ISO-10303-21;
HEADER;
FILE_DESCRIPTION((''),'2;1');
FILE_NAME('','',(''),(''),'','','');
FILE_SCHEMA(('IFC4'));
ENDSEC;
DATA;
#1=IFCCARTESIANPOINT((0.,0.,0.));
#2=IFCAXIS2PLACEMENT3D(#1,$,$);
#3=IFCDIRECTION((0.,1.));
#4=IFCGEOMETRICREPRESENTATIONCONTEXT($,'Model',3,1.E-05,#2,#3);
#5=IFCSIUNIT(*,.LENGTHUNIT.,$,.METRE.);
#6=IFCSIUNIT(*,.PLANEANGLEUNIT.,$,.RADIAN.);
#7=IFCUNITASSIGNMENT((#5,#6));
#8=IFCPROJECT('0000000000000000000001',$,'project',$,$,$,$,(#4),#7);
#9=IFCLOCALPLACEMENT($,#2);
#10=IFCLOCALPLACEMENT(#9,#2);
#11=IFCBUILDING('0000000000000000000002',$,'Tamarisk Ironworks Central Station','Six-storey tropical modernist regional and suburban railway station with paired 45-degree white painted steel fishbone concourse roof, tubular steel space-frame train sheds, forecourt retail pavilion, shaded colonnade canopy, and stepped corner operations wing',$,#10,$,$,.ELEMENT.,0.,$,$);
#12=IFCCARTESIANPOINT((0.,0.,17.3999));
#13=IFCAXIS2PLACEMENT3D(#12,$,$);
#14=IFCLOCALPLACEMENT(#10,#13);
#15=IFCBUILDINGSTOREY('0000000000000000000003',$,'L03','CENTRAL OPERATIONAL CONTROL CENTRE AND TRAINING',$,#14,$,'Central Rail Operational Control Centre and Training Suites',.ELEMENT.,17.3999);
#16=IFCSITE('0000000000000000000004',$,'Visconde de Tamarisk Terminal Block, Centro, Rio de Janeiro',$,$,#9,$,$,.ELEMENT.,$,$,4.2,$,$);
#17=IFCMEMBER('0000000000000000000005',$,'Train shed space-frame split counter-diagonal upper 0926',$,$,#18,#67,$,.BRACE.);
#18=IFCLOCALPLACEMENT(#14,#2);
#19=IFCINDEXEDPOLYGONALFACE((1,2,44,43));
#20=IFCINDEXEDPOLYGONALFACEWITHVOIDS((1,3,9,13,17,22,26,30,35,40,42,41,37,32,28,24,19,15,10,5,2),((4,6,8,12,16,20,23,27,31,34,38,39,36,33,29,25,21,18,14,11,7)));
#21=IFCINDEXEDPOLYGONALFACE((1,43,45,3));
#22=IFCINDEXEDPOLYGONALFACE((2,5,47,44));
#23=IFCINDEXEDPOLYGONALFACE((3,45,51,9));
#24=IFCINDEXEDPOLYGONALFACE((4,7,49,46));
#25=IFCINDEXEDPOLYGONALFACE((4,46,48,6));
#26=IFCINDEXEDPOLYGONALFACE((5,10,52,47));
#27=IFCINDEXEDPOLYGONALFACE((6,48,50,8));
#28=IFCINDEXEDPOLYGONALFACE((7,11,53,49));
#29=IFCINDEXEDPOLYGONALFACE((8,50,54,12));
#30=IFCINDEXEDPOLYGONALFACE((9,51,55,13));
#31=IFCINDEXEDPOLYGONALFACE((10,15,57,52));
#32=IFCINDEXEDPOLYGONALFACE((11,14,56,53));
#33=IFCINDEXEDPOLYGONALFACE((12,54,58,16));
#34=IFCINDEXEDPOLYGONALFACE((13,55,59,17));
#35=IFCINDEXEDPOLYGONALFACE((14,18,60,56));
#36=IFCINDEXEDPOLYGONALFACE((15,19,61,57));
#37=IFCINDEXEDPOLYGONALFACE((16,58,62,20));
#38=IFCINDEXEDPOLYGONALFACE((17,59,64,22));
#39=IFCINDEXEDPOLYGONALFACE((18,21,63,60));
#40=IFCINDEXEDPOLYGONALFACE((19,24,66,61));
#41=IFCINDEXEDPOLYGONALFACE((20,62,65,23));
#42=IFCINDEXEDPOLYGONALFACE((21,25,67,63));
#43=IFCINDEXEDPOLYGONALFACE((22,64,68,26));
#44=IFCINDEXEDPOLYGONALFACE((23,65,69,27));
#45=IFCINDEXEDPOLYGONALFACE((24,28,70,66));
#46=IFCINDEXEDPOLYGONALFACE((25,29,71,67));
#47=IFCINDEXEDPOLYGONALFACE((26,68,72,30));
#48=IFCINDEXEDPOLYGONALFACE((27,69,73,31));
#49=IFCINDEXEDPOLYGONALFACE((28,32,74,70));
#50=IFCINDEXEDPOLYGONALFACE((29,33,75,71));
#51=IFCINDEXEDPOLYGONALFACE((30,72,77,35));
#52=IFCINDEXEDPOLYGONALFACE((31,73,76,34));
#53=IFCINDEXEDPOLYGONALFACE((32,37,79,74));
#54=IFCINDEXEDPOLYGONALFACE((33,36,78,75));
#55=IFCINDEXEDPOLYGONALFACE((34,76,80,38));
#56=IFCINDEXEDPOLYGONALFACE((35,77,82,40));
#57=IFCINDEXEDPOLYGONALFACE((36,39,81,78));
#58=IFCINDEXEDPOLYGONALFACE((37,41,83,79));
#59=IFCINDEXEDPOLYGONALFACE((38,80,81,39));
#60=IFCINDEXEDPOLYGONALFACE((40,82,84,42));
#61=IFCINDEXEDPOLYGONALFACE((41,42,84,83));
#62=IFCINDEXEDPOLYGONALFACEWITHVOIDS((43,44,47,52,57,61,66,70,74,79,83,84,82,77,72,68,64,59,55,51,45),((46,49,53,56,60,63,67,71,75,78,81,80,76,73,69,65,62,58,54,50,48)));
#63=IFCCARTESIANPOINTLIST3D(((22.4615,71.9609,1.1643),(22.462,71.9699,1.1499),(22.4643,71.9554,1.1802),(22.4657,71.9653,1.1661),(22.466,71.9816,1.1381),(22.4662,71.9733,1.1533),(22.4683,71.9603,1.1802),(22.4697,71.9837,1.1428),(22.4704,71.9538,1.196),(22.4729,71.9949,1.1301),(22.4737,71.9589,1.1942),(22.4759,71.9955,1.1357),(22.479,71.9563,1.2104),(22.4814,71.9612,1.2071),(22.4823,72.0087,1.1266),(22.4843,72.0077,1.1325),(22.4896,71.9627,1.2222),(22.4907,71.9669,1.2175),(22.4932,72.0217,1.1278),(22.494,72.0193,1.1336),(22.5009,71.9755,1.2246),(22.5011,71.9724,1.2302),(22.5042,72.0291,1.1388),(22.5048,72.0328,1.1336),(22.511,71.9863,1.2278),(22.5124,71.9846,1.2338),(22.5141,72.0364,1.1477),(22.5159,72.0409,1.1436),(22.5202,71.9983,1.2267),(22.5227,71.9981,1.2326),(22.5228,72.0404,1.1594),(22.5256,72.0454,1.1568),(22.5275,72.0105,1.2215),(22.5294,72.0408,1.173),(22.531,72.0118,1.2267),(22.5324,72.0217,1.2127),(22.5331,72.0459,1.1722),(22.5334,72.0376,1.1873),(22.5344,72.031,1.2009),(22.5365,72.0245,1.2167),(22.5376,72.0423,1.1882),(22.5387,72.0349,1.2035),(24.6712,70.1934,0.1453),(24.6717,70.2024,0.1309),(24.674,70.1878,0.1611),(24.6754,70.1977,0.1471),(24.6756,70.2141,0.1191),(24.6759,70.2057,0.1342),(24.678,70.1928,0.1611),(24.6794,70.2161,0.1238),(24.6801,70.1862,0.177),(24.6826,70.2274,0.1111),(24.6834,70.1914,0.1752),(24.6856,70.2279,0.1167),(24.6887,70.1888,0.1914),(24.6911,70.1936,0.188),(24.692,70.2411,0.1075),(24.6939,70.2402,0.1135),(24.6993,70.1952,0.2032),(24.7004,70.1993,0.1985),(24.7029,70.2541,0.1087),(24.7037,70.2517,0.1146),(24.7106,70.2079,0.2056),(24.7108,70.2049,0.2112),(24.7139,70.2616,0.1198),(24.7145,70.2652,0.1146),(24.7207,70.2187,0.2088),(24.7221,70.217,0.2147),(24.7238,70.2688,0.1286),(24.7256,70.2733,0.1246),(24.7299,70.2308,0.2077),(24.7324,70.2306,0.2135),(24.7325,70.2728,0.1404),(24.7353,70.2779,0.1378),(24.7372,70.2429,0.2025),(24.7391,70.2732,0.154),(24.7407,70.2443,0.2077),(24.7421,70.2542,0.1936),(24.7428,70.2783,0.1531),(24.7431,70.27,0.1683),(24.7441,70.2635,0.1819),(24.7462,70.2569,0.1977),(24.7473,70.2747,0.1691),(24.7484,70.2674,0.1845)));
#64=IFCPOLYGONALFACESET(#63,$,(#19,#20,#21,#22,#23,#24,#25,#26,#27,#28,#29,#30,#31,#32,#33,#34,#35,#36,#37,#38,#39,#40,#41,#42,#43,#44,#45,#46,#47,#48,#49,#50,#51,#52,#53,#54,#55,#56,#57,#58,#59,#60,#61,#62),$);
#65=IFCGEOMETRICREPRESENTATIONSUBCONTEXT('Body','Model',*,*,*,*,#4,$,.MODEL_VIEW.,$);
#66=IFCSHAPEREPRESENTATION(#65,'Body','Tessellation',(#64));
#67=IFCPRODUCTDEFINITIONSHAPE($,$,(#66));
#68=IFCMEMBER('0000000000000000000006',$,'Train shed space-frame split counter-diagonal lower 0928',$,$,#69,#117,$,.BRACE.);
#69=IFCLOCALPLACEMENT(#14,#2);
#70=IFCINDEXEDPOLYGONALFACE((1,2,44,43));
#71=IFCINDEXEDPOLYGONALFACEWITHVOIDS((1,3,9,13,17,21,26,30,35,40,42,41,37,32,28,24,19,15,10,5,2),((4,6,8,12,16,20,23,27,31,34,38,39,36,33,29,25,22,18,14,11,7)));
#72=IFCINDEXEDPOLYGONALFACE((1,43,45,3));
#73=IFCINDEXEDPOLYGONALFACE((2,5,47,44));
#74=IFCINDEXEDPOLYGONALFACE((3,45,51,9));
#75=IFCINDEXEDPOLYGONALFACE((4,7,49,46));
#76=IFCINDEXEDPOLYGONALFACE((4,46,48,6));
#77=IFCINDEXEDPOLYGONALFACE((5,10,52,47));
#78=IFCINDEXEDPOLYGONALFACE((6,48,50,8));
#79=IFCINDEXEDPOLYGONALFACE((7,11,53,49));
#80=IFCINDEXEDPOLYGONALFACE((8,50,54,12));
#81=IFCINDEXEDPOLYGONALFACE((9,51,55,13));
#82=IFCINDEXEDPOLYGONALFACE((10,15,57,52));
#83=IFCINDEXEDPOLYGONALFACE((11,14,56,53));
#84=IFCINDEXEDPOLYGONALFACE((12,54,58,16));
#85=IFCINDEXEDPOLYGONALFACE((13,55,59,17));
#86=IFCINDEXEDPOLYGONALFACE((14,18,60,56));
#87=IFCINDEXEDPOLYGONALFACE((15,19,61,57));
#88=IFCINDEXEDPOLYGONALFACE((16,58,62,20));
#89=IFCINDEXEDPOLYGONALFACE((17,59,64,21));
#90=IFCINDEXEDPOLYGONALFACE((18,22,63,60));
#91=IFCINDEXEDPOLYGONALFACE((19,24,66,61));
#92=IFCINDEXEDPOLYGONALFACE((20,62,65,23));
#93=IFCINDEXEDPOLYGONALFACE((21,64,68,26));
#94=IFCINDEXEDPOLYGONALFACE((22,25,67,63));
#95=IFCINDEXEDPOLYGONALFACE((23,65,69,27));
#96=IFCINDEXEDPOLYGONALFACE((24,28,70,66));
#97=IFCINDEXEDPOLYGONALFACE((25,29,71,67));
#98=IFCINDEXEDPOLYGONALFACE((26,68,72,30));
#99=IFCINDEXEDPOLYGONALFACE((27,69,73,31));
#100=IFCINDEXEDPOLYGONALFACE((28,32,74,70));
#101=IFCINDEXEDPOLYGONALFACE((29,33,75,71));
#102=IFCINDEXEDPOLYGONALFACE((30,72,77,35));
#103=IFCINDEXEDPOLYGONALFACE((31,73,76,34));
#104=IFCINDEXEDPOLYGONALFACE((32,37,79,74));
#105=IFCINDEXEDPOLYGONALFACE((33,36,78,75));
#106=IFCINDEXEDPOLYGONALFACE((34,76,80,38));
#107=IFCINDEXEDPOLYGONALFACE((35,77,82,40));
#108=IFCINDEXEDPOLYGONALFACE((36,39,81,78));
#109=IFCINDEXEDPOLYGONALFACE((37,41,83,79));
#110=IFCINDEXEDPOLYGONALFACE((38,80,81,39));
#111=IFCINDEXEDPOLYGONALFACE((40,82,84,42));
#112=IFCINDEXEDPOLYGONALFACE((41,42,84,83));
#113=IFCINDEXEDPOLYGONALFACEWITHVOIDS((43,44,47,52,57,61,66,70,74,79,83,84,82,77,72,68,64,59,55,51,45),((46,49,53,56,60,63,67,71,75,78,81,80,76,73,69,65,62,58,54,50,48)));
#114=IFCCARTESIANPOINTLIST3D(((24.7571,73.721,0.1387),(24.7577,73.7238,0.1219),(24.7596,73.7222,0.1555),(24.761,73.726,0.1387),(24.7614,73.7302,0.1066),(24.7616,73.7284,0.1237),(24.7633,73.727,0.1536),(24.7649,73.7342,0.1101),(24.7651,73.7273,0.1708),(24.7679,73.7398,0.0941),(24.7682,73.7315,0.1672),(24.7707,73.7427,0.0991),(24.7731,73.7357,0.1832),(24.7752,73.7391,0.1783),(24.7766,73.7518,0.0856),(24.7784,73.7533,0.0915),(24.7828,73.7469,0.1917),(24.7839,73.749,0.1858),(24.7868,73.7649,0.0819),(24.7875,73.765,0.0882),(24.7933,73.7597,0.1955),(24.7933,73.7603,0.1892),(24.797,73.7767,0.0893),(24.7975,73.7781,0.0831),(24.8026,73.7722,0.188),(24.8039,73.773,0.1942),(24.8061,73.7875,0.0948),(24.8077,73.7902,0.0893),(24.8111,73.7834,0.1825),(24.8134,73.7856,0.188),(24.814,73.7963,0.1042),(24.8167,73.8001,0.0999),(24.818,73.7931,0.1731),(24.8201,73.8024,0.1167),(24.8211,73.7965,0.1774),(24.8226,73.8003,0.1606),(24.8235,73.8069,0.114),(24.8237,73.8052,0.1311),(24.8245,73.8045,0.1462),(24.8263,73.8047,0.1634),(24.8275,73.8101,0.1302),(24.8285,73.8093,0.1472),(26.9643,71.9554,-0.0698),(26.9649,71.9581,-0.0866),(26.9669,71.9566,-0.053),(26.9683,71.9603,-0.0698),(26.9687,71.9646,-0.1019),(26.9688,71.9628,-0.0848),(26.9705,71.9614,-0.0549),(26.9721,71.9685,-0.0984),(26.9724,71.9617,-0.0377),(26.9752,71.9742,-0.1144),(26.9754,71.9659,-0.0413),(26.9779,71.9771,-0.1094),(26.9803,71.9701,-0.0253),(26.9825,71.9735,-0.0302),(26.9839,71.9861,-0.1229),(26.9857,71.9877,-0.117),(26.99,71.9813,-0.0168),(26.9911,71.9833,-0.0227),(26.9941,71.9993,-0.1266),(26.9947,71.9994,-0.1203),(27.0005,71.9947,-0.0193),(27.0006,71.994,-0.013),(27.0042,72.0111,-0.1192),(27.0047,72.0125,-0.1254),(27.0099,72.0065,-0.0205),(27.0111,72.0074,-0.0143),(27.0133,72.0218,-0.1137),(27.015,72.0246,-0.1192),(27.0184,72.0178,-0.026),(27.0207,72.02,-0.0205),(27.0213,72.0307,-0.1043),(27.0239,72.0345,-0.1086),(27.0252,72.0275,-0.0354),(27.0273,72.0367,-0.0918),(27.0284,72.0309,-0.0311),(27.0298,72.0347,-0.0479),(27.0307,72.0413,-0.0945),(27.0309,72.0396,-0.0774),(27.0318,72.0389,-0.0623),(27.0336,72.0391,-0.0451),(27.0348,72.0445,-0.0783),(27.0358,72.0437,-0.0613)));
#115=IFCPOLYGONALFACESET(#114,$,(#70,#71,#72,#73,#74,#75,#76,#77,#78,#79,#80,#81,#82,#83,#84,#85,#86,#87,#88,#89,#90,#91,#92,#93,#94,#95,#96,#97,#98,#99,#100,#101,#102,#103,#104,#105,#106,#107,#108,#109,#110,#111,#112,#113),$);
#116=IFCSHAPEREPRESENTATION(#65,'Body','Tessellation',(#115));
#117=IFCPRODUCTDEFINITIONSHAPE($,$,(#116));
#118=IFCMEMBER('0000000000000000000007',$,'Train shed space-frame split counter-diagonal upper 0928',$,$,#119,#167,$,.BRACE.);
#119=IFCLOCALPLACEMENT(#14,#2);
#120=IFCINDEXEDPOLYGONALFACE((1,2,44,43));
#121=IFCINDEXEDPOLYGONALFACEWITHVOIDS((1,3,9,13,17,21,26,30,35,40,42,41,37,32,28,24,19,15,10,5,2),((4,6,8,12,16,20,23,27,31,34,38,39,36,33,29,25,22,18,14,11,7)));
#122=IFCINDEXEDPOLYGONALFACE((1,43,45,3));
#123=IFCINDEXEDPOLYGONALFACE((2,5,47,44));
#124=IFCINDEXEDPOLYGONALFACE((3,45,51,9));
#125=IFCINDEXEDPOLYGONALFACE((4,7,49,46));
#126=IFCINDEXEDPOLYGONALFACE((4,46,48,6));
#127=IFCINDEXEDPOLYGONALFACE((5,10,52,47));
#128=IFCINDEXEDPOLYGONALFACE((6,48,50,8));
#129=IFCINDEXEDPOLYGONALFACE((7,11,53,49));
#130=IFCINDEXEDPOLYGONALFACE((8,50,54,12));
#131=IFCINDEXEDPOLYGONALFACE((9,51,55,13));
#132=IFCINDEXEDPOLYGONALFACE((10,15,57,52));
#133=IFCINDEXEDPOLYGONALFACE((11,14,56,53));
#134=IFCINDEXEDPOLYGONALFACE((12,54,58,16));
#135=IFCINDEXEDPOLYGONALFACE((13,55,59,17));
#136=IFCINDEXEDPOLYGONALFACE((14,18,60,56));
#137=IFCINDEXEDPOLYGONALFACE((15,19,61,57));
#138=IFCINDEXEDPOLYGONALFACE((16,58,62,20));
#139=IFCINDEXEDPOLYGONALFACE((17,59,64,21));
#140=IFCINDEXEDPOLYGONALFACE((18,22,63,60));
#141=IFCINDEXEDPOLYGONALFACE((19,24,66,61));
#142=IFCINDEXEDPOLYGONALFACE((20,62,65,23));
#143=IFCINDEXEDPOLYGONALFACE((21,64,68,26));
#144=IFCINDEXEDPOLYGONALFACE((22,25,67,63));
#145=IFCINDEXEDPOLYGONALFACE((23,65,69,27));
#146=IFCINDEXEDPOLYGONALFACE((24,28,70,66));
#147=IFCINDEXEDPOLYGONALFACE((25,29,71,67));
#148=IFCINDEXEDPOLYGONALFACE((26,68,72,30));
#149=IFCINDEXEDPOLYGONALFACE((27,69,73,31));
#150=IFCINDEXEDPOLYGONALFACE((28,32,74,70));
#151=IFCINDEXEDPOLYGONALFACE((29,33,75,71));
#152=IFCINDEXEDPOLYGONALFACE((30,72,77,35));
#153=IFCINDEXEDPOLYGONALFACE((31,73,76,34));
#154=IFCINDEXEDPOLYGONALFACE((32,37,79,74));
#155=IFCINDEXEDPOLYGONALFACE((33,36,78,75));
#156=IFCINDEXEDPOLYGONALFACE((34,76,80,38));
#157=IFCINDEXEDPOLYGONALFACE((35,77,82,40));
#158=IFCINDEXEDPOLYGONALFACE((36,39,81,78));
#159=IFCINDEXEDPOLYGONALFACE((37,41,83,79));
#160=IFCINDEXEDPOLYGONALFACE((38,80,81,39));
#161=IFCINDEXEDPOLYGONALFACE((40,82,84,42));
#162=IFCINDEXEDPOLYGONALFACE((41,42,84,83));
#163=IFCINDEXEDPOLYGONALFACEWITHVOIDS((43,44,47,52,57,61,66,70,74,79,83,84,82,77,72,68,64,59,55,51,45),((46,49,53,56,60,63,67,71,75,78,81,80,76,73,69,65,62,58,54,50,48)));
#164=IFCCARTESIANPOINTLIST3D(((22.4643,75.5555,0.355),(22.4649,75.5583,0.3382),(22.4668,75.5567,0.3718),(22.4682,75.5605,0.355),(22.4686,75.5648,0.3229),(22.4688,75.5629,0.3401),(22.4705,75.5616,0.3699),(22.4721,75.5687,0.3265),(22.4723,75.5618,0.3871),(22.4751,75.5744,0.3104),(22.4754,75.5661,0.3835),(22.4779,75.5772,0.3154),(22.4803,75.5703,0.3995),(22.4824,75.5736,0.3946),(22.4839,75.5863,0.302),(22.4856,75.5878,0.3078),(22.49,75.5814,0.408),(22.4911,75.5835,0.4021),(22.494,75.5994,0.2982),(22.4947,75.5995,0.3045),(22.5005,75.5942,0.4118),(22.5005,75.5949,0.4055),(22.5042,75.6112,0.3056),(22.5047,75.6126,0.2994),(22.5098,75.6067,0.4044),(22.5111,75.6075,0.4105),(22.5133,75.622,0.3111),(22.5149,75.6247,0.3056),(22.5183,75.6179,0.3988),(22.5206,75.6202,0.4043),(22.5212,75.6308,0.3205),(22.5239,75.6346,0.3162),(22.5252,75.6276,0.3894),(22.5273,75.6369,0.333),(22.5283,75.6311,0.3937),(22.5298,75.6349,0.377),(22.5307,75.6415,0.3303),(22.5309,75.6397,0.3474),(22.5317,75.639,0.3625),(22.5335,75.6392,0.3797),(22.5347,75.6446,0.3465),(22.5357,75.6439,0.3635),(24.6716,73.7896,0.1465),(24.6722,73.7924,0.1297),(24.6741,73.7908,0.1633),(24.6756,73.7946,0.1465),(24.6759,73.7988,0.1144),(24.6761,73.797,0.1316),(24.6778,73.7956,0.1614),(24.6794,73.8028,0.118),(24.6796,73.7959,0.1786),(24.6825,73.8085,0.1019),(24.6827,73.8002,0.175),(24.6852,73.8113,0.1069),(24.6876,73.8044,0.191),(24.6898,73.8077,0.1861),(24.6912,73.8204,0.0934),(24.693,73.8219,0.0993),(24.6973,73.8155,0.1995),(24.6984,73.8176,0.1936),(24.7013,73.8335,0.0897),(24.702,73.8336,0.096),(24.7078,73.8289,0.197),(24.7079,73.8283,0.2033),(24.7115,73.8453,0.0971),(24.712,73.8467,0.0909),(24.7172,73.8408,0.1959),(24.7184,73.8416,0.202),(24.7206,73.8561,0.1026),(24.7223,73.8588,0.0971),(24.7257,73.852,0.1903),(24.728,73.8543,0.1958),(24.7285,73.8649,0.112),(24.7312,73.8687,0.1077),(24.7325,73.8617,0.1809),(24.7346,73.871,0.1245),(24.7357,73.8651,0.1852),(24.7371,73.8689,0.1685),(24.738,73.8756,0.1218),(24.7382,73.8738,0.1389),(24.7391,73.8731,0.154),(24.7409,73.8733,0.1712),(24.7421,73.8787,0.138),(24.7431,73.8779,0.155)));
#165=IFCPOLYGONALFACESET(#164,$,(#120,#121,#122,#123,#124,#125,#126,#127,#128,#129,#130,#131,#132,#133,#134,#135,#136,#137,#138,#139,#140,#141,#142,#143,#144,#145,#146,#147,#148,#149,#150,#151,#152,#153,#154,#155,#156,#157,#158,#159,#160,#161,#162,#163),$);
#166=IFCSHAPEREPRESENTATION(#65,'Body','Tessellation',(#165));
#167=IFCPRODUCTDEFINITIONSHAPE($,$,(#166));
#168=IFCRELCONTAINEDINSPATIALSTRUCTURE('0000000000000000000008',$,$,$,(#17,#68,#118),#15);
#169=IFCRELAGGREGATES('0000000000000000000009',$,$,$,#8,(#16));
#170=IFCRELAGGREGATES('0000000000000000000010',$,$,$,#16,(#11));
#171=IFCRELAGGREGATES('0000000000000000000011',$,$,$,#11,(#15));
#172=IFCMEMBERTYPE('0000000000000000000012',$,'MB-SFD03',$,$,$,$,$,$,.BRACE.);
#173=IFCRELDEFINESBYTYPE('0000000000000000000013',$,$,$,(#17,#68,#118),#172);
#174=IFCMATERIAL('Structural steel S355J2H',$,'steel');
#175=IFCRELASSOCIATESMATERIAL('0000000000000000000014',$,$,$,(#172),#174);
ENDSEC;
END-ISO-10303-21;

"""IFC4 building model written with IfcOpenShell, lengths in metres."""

from ifc_helpers import new_model, si_unit, direction, frame, origin, origin_2d, place, context, subcontext, project, spatial, hollow_circle, extrude, material, material_profile, profile_set, type_object, element, save


model = new_model("IFC4")

# Units and contexts
model_context = context("Model", 3, precision=1e-05, world=origin(), true_north=direction((0.0, 1.0)))
body_context = subcontext(model_context, "Body", "Model", "MODEL_VIEW")
ifc_project = project(units=[si_unit("LENGTHUNIT", "METRE"), si_unit("PLANEANGLEUNIT", "RADIAN")], contexts=[model_context])

# Site, building, storey
site_placement = place(None, origin())
site = spatial("IfcSite", under=ifc_project, at=site_placement, Name="Visconde de Tamarisk Terminal Block, Centro, Rio de Janeiro", CompositionType="ELEMENT", RefElevation=4.2)
building_placement = place(site_placement, origin())
building = spatial("IfcBuilding", under=site, at=building_placement, Name="Tamarisk Ironworks Central Station", Description="Six-storey tropical modernist regional and suburban railway station with paired 45-degree white painted steel fishbone concourse roof, tubular steel space-frame train sheds, forecourt retail pavilion, shaded colonnade canopy, and stepped corner operations wing", CompositionType="ELEMENT", ElevationOfRefHeight=0.0)
storey_placement = place(building_placement, frame((0.0, 0.0, 17.3999)))
storey = spatial("IfcBuildingStorey", under=building, at=storey_placement, Name="L03", Description="CENTRAL OPERATIONAL CONTROL CENTRE AND TRAINING", LongName="Central Rail Operational Control Centre and Training Suites", CompositionType="ELEMENT", Elevation=17.3999)

# Members
ifc_material = material(Name="Structural steel S355J2H", Category="steel")
ifc_material_profile_1 = material_profile(ifc_material, hollow_circle(Radius=0.0571, WallThickness=0.0063, at=origin_2d()), Name="CHS 114.3x6.3")
ifc_profile_set_1 = profile_set([ifc_material_profile_1], Name="Structural steel S355J2H")
member_type_1 = type_object("IfcMemberType", Name="MB-SFD03", PredefinedType="BRACE", material=ifc_profile_set_1)
member_1_placement = place(storey_placement, frame((24.7097, 70.2324, 0.1611), z_axis=(-0.734712, 0.587705, 0.338823), x_axis=(-0.624653, -0.780902, 0.0)))
element("IfcMember", 1, at=member_1_placement, inside=storey, type_object=member_type_1, Name="Train shed space-frame split counter-diagonal upper 0926", PredefinedType="BRACE", context=body_context, shape_type="SweptSolid", body=[
    extrude(hollow_circle(Radius=0.0571, WallThickness=0.0063, at=origin_2d()), origin(), (0.0, 0.0, 1.0), 3.0076),
])
member_2_placement = place(storey_placement, frame((27.0, 72.0, -0.0698), z_axis=(-0.778787, 0.62296, 0.073563), x_axis=(-0.624653, -0.780903, 0.0)))
element("IfcMember", 2, at=member_2_placement, inside=storey, type_object=member_type_1, Name="Train shed space-frame split counter-diagonal lower 0928", PredefinedType="BRACE", context=body_context, shape_type="SweptSolid", body=[
    extrude(hollow_circle(Radius=0.0571, WallThickness=0.0063, at=origin_2d()), origin(), (0.0, 0.0, 1.0), 2.8342),
])
member_3_placement = place(storey_placement, frame((24.7073, 73.8342, 0.1465), z_axis=(-0.778745, 0.623013, 0.073559), x_axis=(-0.624706, -0.78086, 0.0)))
element("IfcMember", 3, at=member_3_placement, inside=storey, type_object=member_type_1, Name="Train shed space-frame split counter-diagonal upper 0928", PredefinedType="BRACE", context=body_context, shape_type="SweptSolid", body=[
    extrude(hollow_circle(Radius=0.0571, WallThickness=0.0063, at=origin_2d()), origin(), (0.0, 0.0, 1.0), 2.8345),
])

save(model, "model.ifc")
